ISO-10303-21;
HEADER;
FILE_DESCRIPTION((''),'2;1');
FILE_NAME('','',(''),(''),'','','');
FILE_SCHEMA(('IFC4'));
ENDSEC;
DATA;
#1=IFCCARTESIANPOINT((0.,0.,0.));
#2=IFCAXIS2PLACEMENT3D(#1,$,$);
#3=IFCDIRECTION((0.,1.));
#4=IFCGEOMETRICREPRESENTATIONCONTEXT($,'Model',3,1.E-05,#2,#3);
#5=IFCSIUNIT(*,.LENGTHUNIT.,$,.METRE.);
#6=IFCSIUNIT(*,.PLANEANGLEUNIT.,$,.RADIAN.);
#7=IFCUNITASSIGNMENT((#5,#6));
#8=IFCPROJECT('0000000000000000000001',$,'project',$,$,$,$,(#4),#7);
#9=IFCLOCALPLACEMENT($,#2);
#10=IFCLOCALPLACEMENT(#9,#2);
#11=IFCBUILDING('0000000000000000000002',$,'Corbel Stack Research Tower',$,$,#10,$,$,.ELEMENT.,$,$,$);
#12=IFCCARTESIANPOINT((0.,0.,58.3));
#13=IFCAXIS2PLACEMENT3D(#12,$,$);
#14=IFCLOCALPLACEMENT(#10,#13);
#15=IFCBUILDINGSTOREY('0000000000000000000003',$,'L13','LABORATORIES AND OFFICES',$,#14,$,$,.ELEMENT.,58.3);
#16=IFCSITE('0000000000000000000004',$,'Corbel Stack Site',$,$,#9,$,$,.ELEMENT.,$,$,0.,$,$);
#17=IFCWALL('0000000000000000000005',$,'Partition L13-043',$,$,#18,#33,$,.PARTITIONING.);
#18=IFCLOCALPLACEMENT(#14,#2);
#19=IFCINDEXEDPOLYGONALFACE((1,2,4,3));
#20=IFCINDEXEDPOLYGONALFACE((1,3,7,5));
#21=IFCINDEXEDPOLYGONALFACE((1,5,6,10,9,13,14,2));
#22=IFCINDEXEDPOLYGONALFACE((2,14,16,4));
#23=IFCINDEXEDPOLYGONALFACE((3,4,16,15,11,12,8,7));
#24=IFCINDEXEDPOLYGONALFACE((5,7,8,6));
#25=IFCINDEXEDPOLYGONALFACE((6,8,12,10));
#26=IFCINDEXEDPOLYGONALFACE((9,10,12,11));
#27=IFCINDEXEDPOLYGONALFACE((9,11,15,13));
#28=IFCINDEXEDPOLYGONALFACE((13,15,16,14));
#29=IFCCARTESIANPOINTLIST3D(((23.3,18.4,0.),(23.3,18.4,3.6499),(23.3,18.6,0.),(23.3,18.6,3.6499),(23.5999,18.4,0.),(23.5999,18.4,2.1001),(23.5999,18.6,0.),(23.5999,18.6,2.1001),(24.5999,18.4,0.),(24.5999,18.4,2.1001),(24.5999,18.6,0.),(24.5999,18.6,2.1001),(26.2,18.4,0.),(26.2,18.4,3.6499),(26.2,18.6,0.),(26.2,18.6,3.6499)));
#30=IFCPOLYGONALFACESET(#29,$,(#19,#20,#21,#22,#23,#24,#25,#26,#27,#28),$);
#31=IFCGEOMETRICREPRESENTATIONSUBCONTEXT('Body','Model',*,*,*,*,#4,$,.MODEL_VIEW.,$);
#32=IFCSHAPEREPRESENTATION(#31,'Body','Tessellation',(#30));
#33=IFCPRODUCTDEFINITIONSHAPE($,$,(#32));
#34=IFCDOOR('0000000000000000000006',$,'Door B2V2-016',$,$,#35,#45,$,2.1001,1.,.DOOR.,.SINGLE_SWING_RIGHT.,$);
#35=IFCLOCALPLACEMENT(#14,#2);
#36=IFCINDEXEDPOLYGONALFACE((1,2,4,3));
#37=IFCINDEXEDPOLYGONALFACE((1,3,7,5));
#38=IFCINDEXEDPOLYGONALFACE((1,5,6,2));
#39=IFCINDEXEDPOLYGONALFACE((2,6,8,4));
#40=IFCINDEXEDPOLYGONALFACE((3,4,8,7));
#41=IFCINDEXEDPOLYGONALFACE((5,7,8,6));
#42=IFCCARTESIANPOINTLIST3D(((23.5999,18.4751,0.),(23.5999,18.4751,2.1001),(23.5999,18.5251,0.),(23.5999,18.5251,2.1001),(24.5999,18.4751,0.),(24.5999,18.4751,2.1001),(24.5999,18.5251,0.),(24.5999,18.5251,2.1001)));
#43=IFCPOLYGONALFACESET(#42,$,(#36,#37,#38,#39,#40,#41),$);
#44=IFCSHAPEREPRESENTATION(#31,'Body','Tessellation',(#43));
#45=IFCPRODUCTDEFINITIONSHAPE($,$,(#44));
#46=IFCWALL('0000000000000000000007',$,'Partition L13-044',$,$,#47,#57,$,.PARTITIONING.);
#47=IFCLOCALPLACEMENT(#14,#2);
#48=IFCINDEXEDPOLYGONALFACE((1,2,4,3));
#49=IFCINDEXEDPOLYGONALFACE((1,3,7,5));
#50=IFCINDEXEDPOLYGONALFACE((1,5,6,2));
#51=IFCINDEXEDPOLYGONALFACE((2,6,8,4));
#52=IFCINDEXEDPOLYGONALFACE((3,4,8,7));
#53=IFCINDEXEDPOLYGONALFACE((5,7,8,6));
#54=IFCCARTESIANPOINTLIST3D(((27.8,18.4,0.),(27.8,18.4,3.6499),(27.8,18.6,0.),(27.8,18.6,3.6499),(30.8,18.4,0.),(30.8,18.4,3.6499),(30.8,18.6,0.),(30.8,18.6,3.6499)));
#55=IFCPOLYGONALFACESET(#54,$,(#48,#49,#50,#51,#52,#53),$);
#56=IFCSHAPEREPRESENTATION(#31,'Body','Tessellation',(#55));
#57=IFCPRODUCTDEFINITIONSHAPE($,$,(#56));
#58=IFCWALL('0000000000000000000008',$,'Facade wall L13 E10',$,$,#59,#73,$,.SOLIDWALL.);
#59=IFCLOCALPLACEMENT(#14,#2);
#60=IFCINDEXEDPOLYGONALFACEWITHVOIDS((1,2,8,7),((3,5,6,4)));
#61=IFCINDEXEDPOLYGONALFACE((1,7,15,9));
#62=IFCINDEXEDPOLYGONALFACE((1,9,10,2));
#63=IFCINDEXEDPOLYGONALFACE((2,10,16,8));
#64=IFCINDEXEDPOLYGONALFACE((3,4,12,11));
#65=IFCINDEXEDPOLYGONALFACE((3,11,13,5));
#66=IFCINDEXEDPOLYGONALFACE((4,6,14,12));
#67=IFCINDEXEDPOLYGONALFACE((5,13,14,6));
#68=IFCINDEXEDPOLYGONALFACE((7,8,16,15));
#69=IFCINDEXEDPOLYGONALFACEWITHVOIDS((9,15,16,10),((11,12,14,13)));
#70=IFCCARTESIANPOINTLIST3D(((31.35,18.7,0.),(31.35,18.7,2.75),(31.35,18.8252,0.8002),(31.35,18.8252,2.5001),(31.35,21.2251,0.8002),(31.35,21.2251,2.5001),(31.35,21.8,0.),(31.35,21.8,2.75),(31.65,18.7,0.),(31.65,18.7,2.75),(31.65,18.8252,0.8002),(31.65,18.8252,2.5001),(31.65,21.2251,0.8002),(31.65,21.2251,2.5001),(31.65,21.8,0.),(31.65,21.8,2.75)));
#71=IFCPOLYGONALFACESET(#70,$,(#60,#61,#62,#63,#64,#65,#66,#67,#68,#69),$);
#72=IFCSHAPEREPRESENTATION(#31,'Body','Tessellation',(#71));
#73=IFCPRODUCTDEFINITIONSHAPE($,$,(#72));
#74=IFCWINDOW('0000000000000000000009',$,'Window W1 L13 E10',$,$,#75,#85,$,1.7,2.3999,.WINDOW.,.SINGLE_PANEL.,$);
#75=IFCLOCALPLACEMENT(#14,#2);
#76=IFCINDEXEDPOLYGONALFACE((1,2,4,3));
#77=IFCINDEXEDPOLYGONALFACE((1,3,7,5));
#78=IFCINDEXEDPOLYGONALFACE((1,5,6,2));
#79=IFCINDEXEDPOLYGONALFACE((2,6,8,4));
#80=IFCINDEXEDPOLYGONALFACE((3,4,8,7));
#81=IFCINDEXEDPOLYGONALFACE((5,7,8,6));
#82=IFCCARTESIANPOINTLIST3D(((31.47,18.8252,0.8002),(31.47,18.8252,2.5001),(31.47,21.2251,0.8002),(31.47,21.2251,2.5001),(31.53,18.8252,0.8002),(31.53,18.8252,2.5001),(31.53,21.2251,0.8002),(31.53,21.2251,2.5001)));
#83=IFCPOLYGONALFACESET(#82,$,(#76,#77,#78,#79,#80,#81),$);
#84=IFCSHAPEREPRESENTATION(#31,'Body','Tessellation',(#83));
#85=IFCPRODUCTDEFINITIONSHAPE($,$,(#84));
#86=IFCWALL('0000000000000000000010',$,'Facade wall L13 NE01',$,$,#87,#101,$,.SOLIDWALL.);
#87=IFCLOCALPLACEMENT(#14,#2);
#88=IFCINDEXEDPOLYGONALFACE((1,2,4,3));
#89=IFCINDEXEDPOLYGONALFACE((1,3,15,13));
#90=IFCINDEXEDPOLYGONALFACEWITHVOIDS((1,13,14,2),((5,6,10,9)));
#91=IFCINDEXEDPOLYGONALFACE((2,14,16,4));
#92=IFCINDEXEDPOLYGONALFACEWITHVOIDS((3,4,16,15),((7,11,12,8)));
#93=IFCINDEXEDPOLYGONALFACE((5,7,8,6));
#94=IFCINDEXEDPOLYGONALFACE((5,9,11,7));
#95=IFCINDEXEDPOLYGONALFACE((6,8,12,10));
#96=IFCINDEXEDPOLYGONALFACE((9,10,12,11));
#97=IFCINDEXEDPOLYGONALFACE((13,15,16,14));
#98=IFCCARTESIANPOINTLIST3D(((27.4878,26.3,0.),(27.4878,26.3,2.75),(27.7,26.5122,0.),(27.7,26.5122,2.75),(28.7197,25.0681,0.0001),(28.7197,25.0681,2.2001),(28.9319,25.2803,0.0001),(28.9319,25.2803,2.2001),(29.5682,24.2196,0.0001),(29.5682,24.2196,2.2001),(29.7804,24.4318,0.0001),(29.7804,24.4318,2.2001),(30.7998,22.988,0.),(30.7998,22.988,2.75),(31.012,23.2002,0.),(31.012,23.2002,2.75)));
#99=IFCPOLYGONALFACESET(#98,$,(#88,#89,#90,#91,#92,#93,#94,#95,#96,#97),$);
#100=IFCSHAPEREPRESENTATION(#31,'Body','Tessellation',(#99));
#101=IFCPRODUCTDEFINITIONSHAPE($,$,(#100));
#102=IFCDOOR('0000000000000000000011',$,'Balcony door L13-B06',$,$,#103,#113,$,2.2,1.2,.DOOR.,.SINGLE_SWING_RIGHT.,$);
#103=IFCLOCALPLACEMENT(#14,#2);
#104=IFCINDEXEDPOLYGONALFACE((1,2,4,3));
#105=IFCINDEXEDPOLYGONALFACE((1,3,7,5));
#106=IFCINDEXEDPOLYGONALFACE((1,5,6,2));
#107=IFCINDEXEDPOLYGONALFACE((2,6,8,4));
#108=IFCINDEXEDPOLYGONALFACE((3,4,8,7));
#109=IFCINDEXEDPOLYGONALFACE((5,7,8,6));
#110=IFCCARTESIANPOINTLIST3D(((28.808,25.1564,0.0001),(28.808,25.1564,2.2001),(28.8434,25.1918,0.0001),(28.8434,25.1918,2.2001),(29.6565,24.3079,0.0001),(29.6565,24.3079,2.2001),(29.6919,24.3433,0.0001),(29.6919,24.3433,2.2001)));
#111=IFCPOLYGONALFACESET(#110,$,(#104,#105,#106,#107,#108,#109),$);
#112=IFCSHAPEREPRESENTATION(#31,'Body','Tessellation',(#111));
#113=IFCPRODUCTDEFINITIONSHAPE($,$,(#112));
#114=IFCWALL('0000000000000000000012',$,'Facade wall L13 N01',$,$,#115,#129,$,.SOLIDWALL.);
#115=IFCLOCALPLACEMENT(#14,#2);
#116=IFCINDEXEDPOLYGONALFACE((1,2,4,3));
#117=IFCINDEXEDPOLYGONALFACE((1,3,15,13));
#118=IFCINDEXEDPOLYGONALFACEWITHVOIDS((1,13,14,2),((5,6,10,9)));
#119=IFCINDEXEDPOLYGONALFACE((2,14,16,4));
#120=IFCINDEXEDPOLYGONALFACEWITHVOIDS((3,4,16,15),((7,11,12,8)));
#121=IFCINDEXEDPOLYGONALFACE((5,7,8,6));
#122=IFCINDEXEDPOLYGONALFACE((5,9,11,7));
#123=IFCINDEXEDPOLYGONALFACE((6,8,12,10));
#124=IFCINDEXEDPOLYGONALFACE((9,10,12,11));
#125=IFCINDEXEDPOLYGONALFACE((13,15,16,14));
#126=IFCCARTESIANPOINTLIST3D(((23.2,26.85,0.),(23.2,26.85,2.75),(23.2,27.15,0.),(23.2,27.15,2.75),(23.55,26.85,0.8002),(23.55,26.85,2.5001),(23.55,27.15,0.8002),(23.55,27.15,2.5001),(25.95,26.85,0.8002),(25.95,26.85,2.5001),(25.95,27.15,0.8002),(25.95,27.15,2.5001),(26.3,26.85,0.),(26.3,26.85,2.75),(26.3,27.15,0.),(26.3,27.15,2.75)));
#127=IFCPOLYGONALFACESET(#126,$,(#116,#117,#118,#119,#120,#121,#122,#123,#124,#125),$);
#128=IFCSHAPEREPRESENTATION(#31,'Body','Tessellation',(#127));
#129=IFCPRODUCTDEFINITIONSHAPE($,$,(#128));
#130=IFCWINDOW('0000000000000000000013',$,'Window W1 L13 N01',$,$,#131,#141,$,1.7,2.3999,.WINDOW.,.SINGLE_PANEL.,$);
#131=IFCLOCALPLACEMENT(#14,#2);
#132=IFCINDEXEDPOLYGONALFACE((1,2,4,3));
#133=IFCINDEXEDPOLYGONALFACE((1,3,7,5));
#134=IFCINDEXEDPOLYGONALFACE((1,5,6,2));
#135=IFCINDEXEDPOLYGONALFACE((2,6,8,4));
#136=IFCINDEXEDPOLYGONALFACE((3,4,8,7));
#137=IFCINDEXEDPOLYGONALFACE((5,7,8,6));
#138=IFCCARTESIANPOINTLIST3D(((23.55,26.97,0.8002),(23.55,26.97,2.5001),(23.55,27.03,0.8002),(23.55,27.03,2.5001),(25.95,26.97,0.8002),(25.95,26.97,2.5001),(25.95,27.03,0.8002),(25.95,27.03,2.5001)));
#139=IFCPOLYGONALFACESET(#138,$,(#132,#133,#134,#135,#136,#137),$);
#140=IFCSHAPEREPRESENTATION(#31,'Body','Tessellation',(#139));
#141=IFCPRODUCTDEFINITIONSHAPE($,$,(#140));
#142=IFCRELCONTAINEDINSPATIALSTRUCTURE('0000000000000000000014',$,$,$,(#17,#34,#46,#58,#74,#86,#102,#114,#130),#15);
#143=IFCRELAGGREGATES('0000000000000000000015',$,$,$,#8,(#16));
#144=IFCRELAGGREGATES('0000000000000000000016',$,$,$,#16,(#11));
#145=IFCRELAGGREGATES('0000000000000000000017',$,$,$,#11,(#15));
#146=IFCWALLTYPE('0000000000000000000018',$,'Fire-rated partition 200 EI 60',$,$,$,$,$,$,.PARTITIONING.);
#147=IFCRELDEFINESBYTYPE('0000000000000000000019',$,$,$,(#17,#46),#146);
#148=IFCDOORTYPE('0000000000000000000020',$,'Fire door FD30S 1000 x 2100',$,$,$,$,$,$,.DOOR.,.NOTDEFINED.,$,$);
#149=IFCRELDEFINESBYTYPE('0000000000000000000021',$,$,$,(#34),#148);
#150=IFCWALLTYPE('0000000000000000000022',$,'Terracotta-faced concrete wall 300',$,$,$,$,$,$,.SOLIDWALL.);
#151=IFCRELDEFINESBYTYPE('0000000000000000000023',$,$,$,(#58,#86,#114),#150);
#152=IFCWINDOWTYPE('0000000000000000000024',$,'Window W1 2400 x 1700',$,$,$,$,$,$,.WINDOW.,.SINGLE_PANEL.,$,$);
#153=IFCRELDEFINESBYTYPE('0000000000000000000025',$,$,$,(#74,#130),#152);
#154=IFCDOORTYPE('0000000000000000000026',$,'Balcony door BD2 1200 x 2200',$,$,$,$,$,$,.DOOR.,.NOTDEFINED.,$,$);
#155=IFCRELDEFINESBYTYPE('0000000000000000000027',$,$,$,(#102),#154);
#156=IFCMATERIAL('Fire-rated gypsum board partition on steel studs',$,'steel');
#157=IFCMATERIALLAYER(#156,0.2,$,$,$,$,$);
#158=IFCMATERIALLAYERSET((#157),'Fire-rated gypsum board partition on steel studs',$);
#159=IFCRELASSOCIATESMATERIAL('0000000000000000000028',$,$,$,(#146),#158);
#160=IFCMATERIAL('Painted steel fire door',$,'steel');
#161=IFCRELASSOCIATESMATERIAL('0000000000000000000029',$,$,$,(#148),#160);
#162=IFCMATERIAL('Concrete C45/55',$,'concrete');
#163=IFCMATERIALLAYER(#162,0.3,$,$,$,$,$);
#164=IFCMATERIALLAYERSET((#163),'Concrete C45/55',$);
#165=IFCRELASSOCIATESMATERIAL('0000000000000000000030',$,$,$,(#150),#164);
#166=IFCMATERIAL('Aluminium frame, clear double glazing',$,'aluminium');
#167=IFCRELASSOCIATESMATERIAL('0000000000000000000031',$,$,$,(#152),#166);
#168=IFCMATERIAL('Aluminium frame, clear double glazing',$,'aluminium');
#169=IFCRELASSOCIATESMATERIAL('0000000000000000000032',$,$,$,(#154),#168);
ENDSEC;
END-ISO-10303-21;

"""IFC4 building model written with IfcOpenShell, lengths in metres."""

from ifc_helpers import new_model, si_unit, direction, frame, frame_2d, origin, place, context, subcontext, project, spatial, rectangle, extrude, material, layer, layer_set, type_object, element, fill, save


model = new_model("IFC4")

# Units and contexts
model_context = context("Model", 3, precision=1e-05, world=origin(), true_north=direction((0.0, 1.0)))
body_context = subcontext(model_context, "Body", "Model", "MODEL_VIEW")
ifc_project = project(units=[si_unit("LENGTHUNIT", "METRE"), si_unit("PLANEANGLEUNIT", "RADIAN")], contexts=[model_context])

# Site, building, storey
site_placement = place(None, origin())
site = spatial("IfcSite", under=ifc_project, at=site_placement, Name="Corbel Stack Site", CompositionType="ELEMENT", RefElevation=0.0)
building_placement = place(site_placement, origin())
building = spatial("IfcBuilding", under=site, at=building_placement, Name="Corbel Stack Research Tower", CompositionType="ELEMENT")
storey_placement = place(building_placement, frame((0.0, 0.0, 58.3)))
storey = spatial("IfcBuildingStorey", under=building, at=storey_placement, Name="L13", Description="LABORATORIES AND OFFICES", CompositionType="ELEMENT", Elevation=58.3)

# Shared definitions
ifc_material_1 = material(Name="Fire-rated gypsum board partition on steel studs", Category="steel")
ifc_layer_1 = layer(ifc_material_1, 0.2)
ifc_layer_set_1 = layer_set([ifc_layer_1], Name="Fire-rated gypsum board partition on steel studs")
wall_type_1 = type_object("IfcWallType", Name="Fire-rated partition 200 EI 60", PredefinedType="PARTITIONING", material=ifc_layer_set_1)

# Wall, opening, door
wall_1_placement = place(storey_placement, frame((26.2, 18.5, 0.0), z_axis=(0.0, 0.0, 1.0), x_axis=(-1.0, 0.0, 0.0)))
wall_1 = element("IfcWall", 1, at=wall_1_placement, inside=storey, type_object=wall_type_1, Name="Partition L13-043", PredefinedType="PARTITIONING", context=body_context, shape_type="SweptSolid", body=[
    extrude(rectangle(XDim=2.8999, YDim=0.2, at=frame_2d((1.45, 0.0))), origin(), (0.0, 0.0, 1.0), 3.6499),
])
opening_1_placement = place(wall_1_placement, frame((1.6001, 0.0, 0.0)))
opening_1 = element("IfcOpeningElement", 2, at=opening_1_placement, cuts=wall_1, PredefinedType="OPENING", context=body_context, shape_type="SweptSolid", body=[
    extrude(rectangle(XDim=1.0, YDim=2.1001, at=frame_2d((0.5, 1.05))), frame((0.0, 0.1099, 0.0), z_axis=(0.0, -1.0, 0.0), x_axis=(1.0, 0.0, 0.0)), (0.0, 0.0, 1.0), 0.22),
])
ifc_material_2 = material(Name="Painted steel fire door", Category="steel")
door_type_1 = type_object("IfcDoorType", Name="Fire door FD30S 1000 x 2100", OperationType="NOTDEFINED", PredefinedType="DOOR", material=ifc_material_2)
door_1_placement = place(opening_1_placement, origin())
door_1 = element("IfcDoor", 3, at=door_1_placement, inside=storey, type_object=door_type_1, Name="Door B2V2-016", OperationType="SINGLE_SWING_RIGHT", OverallHeight=2.1001, OverallWidth=1.0, PredefinedType="DOOR", context=body_context, shape_type="SweptSolid", body=[
    extrude(rectangle(XDim=1.0, YDim=2.1001, at=frame_2d((0.5, 1.05))), frame((0.0, 0.0249, 0.0), z_axis=(0.0, -1.0, 0.0), x_axis=(1.0, 0.0, 0.0)), (0.0, 0.0, 1.0), 0.05),
])
fill(opening_1, door_1)

# Wall
wall_2_placement = place(storey_placement, frame((27.8, 18.5, 0.0), z_axis=(0.0, 0.0, 1.0), x_axis=(1.0, 0.0, 0.0)))
element("IfcWall", 4, at=wall_2_placement, inside=storey, type_object=wall_type_1, Name="Partition L13-044", PredefinedType="PARTITIONING", context=body_context, shape_type="SweptSolid", body=[
    extrude(rectangle(XDim=3.0, YDim=0.2, at=frame_2d((1.5, 0.0))), origin(), (0.0, 0.0, 1.0), 3.6499),
])

# Wall, opening, window
ifc_material_3 = material(Name="Concrete C45/55", Category="concrete")
ifc_layer_2 = layer(ifc_material_3, 0.3)
ifc_layer_set_2 = layer_set([ifc_layer_2], Name="Concrete C45/55")
wall_type_2 = type_object("IfcWallType", Name="Terracotta-faced concrete wall 300", PredefinedType="SOLIDWALL", material=ifc_layer_set_2)
wall_3_placement = place(storey_placement, frame((31.5, 21.8, 0.0), z_axis=(0.0, 0.0, 1.0), x_axis=(0.0, -1.0, 0.0)))
wall_3 = element("IfcWall", 5, at=wall_3_placement, inside=storey, type_object=wall_type_2, Name="Facade wall L13 E10", PredefinedType="SOLIDWALL", context=body_context, shape_type="SweptSolid", body=[
    extrude(rectangle(XDim=3.1001, YDim=0.3, at=frame_2d((1.55, 0.0))), origin(), (0.0, 0.0, 1.0), 2.75),
])
opening_2_placement = place(wall_3_placement, frame((0.575, 0.0, 0.8)))
opening_2 = element("IfcOpeningElement", 6, at=opening_2_placement, cuts=wall_3, PredefinedType="OPENING", context=body_context, shape_type="SweptSolid", body=[
    extrude(rectangle(XDim=2.3999, YDim=1.7, at=frame_2d((1.2, 0.8501))), frame((0.0, 0.1599, 0.0), z_axis=(0.0, -1.0, 0.0), x_axis=(1.0, 0.0, 0.0)), (0.0, 0.0, 1.0), 0.3201),
])
ifc_material_4 = material(Name="Aluminium frame, clear double glazing", Category="aluminium")
window_type = type_object("IfcWindowType", Name="Window W1 2400 x 1700", PartitioningType="SINGLE_PANEL", PredefinedType="WINDOW", material=ifc_material_4)
window_1_placement = place(opening_2_placement, origin())
window_1 = element("IfcWindow", 7, at=window_1_placement, inside=storey, type_object=window_type, Name="Window W1 L13 E10", OverallHeight=1.7, OverallWidth=2.3999, PartitioningType="SINGLE_PANEL", PredefinedType="WINDOW", context=body_context, shape_type="SweptSolid", body=[
    extrude(rectangle(XDim=2.3999, YDim=1.7, at=frame_2d((1.2, 0.8501))), frame((0.0, 0.03, 0.0), z_axis=(0.0, -1.0, 0.0), x_axis=(1.0, 0.0, 0.0)), (0.0, 0.0, 1.0), 0.0601),
])
fill(opening_2, window_1)

# Wall, opening, door
wall_4_placement = place(storey_placement, frame((27.594, 26.406, 0.0), z_axis=(0.0, 0.0, 1.0), x_axis=(0.707107, -0.707107, 0.0)))
wall_4 = element("IfcWall", 8, at=wall_4_placement, inside=storey, type_object=wall_type_2, Name="Facade wall L13 NE01", PredefinedType="SOLIDWALL", context=body_context, shape_type="SweptSolid", body=[
    extrude(rectangle(XDim=4.6838, YDim=0.3, at=frame_2d((2.3418, 0.0))), origin(), (0.0, 0.0, 1.0), 2.75),
])
opening_3_placement = place(wall_4_placement, frame((1.7419, 0.0, 0.0)))
opening_3 = element("IfcOpeningElement", 9, at=opening_3_placement, cuts=wall_4, PredefinedType="OPENING", context=body_context, shape_type="SweptSolid", body=[
    extrude(rectangle(XDim=1.2, YDim=2.2, at=frame_2d((0.6001, 1.1001))), frame((0.0, 0.1599, 0.0), z_axis=(0.0, -1.0, 0.0), x_axis=(1.0, 0.0, 0.0)), (0.0, 0.0, 1.0), 0.3201),
])
ifc_material_5 = material(Name="Aluminium frame, clear double glazing", Category="aluminium")
door_type_2 = type_object("IfcDoorType", Name="Balcony door BD2 1200 x 2200", OperationType="NOTDEFINED", PredefinedType="DOOR", material=ifc_material_5)
door_2_placement = place(opening_3_placement, origin())
door_2 = element("IfcDoor", 10, at=door_2_placement, inside=storey, type_object=door_type_2, Name="Balcony door L13-B06", OperationType="SINGLE_SWING_RIGHT", OverallHeight=2.2, OverallWidth=1.2, PredefinedType="DOOR", context=body_context, shape_type="SweptSolid", body=[
    extrude(rectangle(XDim=1.2, YDim=2.2, at=frame_2d((0.6001, 1.1001))), frame((0.0, 0.0249, 0.0), z_axis=(0.0, -1.0, 0.0), x_axis=(1.0, 0.0, 0.0)), (0.0, 0.0, 1.0), 0.05),
])
fill(opening_3, door_2)

# Wall, opening, window
wall_5_placement = place(storey_placement, frame((23.2, 27.0, 0.0), z_axis=(0.0, 0.0, 1.0), x_axis=(1.0, 0.0, 0.0)))
wall_5 = element("IfcWall", 11, at=wall_5_placement, inside=storey, type_object=wall_type_2, Name="Facade wall L13 N01", PredefinedType="SOLIDWALL", context=body_context, shape_type="SweptSolid", body=[
    extrude(rectangle(XDim=3.1001, YDim=0.3, at=frame_2d((1.55, 0.0))), origin(), (0.0, 0.0, 1.0), 2.75),
])
opening_4_placement = place(wall_5_placement, frame((0.3501, 0.0, 0.8)))
opening_4 = element("IfcOpeningElement", 12, at=opening_4_placement, cuts=wall_5, PredefinedType="OPENING", context=body_context, shape_type="SweptSolid", body=[
    extrude(rectangle(XDim=2.3999, YDim=1.7, at=frame_2d((1.2, 0.8501))), frame((0.0, 0.1599, 0.0), z_axis=(0.0, -1.0, 0.0), x_axis=(1.0, 0.0, 0.0)), (0.0, 0.0, 1.0), 0.3201),
])
window_2_placement = place(opening_4_placement, origin())
window_2 = element("IfcWindow", 13, at=window_2_placement, inside=storey, type_object=window_type, Name="Window W1 L13 N01", OverallHeight=1.7, OverallWidth=2.3999, PartitioningType="SINGLE_PANEL", PredefinedType="WINDOW", context=body_context, shape_type="SweptSolid", body=[
    extrude(rectangle(XDim=2.3999, YDim=1.7, at=frame_2d((1.2, 0.8501))), frame((0.0, 0.03, 0.0), z_axis=(0.0, -1.0, 0.0), x_axis=(1.0, 0.0, 0.0)), (0.0, 0.0, 1.0), 0.0601),
])
fill(opening_4, window_2)

save(model, "model.ifc")
